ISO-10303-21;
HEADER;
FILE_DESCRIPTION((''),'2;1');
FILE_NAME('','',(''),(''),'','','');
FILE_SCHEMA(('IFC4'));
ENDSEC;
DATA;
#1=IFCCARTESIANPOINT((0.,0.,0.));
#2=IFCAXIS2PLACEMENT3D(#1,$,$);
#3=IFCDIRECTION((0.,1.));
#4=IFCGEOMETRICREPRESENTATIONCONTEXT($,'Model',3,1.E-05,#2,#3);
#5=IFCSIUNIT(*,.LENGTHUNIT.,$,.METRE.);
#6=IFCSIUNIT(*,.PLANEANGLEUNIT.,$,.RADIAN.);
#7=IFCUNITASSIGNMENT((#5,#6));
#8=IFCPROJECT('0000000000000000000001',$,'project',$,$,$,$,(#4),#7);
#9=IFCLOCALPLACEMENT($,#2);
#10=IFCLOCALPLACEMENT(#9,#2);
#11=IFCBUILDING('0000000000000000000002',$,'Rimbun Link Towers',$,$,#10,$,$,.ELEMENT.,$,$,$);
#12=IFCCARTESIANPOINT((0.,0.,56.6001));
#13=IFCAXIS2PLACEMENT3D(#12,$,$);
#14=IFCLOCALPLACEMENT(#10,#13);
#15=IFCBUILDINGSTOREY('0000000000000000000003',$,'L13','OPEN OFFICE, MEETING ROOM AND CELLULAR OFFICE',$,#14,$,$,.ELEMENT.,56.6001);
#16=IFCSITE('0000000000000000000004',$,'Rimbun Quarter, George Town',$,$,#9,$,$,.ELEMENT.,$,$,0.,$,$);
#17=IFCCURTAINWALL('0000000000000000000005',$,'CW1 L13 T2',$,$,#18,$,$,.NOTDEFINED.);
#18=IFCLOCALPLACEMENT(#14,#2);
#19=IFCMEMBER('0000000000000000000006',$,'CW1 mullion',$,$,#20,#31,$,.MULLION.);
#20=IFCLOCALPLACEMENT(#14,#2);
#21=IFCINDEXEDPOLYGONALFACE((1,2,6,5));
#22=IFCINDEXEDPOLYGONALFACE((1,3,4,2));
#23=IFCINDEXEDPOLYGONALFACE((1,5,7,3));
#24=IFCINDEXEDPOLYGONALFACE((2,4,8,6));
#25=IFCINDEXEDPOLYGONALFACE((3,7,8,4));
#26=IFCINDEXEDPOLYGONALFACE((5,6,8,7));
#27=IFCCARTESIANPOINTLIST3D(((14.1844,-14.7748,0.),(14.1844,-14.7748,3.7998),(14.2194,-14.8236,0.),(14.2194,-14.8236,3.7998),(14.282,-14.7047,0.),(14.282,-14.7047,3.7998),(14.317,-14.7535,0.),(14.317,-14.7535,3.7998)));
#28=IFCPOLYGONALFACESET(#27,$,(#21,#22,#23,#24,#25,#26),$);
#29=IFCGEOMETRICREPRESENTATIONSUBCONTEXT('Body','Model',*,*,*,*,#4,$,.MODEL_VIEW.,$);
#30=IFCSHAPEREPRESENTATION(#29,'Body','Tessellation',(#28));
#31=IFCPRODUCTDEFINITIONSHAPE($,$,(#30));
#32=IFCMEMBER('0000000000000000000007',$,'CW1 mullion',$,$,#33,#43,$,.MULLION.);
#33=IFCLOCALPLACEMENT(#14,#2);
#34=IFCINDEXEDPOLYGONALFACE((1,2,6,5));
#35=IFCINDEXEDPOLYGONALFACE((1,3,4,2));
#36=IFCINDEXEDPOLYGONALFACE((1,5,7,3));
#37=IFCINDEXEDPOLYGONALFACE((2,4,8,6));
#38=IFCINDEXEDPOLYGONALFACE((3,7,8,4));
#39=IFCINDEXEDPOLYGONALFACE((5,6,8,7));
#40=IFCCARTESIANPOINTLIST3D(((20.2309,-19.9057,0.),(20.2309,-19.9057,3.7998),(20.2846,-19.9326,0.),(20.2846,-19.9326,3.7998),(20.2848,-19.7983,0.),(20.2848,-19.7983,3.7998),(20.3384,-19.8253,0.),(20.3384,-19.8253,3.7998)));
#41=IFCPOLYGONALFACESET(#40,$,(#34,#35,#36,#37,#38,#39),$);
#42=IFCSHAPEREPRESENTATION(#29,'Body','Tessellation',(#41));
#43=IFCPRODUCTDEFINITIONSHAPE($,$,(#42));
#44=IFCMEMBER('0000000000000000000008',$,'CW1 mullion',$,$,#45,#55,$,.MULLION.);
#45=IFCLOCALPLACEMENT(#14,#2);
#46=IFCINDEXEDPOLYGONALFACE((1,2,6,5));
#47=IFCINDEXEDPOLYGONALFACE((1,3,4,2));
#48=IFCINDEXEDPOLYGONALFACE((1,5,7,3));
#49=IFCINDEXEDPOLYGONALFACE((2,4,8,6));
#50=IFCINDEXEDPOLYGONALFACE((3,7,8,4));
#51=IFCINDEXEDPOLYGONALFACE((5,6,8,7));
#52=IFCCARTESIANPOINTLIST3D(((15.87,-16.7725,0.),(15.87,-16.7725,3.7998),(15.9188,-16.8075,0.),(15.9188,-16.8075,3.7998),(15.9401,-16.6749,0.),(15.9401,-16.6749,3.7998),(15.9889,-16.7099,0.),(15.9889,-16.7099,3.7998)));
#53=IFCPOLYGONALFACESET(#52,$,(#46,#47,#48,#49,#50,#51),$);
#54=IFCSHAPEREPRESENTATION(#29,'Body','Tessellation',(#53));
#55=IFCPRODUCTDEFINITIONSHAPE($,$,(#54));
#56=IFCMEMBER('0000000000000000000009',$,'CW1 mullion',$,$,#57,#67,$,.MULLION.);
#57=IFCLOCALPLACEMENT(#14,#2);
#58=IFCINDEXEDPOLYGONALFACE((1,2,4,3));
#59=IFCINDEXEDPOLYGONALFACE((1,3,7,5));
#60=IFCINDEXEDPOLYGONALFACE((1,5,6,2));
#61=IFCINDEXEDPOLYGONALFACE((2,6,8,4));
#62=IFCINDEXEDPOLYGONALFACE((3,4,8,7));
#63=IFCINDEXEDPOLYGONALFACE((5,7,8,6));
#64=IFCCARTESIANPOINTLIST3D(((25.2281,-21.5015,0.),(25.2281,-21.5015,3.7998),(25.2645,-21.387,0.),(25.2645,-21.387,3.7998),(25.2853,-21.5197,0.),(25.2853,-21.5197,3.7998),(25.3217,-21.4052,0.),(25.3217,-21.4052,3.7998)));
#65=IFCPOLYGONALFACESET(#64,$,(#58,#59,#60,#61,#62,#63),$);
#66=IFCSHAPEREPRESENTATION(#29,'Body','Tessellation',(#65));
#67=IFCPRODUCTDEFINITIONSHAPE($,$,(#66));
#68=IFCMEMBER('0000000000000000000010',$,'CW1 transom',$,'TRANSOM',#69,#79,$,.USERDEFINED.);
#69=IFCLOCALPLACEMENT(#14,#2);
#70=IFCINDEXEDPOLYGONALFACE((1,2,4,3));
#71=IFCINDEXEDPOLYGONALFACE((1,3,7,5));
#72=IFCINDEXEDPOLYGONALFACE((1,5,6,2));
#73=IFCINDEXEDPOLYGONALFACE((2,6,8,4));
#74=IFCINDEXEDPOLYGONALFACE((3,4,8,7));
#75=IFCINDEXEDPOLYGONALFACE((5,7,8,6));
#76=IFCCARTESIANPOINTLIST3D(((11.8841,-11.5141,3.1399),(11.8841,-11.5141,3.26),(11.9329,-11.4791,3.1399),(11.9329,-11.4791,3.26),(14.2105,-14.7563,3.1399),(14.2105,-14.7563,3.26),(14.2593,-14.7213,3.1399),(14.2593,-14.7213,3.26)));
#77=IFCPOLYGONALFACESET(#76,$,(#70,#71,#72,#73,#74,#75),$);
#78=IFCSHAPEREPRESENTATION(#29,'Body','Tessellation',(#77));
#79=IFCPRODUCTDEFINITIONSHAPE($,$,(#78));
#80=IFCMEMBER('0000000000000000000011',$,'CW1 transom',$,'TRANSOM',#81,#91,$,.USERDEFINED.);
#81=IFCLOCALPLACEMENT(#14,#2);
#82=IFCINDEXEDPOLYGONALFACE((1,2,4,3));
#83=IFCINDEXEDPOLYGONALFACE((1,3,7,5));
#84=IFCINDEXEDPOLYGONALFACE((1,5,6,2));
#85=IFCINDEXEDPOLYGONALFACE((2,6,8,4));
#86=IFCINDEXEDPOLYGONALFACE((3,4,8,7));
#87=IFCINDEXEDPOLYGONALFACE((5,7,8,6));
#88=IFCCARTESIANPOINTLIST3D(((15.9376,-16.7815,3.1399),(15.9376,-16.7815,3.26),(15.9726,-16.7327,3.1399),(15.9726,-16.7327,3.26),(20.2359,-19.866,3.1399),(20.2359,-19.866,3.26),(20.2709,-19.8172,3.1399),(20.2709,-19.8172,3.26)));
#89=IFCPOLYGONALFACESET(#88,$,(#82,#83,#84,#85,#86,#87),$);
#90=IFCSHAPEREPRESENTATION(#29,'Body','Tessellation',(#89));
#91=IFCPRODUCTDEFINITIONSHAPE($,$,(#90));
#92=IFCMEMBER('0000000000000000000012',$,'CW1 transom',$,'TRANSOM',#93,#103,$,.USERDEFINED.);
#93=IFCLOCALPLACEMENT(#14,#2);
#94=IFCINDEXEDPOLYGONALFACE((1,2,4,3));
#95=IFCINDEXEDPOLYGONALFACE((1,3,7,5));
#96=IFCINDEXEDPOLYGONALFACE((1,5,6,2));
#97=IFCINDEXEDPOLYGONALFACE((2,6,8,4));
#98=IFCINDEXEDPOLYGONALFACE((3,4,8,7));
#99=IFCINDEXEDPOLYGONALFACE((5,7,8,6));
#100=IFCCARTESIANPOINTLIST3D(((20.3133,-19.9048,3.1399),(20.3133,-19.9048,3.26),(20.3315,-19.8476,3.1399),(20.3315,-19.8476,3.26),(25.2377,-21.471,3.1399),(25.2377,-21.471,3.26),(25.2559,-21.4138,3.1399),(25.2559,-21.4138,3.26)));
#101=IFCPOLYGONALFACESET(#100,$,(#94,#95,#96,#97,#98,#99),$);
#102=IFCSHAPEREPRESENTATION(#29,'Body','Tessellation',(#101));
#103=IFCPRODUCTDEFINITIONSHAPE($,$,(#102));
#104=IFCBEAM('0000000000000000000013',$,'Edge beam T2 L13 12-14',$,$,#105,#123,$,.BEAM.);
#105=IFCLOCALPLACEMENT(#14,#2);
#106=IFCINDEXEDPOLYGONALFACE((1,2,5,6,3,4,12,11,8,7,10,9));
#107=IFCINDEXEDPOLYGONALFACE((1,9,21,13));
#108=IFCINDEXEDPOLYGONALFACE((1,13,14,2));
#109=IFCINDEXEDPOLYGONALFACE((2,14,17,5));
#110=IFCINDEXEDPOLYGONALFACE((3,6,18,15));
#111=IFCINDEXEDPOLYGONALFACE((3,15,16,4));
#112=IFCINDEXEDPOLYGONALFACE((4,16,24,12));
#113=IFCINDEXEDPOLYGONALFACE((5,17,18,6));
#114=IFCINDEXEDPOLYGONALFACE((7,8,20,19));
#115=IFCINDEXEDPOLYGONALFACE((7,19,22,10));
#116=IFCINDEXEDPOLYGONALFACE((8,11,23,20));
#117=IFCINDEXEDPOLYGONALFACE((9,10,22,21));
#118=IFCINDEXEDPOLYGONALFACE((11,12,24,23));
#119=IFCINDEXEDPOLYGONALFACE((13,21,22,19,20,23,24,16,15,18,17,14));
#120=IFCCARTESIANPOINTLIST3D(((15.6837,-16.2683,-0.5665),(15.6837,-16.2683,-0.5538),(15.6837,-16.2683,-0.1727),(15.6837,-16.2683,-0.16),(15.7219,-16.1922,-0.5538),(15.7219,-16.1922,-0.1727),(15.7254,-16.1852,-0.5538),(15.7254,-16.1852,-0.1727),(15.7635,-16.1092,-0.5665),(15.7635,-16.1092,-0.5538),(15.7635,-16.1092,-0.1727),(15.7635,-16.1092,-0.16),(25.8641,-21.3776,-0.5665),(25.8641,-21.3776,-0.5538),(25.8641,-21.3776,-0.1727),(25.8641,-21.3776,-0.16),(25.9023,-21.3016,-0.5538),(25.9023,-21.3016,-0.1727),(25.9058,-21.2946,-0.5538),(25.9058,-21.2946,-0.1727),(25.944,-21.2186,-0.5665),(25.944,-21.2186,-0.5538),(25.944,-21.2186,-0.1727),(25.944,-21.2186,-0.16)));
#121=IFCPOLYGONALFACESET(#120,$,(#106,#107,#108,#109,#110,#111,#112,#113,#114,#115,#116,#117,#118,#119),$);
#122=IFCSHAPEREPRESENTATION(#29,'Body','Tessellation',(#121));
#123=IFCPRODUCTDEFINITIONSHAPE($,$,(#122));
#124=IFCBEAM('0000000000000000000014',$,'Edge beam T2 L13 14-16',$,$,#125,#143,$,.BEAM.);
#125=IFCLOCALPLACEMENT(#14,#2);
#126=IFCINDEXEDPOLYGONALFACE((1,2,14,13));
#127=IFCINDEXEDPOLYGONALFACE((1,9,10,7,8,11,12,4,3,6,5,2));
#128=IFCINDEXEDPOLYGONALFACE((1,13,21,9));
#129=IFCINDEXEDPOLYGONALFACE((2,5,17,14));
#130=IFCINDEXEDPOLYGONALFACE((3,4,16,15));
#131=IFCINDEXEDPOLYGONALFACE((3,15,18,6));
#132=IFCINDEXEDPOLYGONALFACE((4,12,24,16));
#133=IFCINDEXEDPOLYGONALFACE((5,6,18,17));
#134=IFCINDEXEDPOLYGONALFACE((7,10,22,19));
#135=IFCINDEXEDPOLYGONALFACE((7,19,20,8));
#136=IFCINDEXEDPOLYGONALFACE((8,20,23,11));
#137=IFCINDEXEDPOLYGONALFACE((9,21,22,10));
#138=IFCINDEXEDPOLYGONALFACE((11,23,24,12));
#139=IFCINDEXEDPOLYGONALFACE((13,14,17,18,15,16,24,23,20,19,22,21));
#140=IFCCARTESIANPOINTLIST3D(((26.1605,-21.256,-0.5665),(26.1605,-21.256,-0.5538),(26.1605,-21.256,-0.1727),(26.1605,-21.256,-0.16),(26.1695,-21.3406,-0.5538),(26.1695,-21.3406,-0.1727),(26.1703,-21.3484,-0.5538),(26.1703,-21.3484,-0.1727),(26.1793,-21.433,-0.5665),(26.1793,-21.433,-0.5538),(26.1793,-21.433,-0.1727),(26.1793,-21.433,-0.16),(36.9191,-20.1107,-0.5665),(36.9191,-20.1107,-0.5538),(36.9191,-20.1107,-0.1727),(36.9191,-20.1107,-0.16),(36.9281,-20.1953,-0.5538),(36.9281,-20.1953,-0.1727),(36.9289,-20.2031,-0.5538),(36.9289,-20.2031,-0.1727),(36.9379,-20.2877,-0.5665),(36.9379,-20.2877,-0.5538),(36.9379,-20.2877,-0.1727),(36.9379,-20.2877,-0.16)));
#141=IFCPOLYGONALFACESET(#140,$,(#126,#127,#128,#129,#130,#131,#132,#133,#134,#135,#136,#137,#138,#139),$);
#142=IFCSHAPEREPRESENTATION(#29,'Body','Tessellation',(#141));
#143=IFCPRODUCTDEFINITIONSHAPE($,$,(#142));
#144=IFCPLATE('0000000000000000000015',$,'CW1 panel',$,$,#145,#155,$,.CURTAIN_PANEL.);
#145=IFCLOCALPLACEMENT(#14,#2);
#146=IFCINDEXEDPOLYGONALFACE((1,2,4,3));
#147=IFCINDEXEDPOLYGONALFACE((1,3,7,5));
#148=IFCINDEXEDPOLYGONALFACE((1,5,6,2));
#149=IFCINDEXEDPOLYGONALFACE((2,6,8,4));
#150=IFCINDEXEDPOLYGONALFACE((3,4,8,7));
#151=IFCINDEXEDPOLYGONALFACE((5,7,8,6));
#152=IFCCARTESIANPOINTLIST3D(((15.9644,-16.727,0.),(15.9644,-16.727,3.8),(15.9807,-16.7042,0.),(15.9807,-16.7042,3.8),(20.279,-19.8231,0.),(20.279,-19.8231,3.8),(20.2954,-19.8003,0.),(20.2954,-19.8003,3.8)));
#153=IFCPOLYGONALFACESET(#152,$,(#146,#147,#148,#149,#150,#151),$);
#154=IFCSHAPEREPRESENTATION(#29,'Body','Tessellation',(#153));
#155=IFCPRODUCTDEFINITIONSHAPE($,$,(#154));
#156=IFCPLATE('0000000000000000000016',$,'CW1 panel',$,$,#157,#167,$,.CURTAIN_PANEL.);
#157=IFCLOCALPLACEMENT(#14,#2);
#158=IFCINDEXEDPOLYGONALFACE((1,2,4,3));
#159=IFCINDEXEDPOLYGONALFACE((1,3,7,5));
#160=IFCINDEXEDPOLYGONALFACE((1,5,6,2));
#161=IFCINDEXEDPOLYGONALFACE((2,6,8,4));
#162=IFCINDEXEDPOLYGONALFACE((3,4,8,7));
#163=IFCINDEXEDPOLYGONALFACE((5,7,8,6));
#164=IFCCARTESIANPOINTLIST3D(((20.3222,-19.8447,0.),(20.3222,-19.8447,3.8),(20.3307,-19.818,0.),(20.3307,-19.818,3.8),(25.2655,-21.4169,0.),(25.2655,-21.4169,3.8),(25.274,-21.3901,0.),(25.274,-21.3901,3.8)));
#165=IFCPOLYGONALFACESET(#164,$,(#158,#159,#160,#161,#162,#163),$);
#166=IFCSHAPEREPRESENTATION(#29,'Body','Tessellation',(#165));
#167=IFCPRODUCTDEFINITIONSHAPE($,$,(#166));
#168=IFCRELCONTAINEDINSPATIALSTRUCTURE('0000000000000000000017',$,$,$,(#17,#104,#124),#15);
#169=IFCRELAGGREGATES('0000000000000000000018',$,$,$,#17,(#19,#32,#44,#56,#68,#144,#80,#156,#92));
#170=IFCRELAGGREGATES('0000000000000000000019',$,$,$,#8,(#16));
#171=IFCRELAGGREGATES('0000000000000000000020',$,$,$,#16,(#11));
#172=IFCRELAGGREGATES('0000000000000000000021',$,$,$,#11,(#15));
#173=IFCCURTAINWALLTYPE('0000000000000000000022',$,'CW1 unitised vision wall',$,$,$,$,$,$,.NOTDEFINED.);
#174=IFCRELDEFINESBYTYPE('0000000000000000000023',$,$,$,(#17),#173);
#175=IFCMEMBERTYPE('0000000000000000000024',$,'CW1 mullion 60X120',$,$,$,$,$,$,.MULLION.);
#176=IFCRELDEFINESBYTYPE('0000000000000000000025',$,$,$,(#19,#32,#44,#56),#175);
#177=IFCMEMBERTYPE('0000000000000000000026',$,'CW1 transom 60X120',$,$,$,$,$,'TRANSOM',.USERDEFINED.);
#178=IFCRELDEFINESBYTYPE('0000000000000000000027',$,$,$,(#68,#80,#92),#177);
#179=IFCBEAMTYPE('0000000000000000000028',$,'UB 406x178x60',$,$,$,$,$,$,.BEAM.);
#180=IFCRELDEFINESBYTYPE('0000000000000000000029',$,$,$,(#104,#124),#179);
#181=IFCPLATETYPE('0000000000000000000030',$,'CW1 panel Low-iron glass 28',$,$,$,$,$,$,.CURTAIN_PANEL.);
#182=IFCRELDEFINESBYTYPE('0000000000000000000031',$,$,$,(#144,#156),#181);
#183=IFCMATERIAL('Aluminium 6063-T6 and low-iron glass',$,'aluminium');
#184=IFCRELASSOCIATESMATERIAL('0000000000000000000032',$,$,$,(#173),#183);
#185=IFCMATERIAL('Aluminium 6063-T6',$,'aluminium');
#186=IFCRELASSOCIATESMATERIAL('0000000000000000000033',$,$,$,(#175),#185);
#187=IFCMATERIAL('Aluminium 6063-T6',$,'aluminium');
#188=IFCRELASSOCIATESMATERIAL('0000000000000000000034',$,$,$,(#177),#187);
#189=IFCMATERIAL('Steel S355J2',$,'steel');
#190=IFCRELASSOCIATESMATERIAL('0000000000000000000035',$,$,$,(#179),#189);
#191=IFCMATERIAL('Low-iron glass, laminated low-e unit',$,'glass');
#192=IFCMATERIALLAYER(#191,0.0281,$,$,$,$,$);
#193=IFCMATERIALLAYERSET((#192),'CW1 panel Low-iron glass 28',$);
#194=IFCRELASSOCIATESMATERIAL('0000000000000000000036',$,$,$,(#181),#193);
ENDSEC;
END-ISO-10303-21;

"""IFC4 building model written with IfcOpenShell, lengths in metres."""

from ifc_helpers import new_model, si_unit, direction, frame, origin, origin_2d, place, context, subcontext, project, spatial, rectangle, i_section, extrude, material, layer, layer_set, material_profile, profile_set, type_object, element, aggregate, save


model = new_model("IFC4")

# Units and contexts
model_context = context("Model", 3, precision=1e-05, world=origin(), true_north=direction((0.0, 1.0)))
body_context = subcontext(model_context, "Body", "Model", "MODEL_VIEW")
ifc_project = project(units=[si_unit("LENGTHUNIT", "METRE"), si_unit("PLANEANGLEUNIT", "RADIAN")], contexts=[model_context])

# Site, building, storey
site_placement = place(None, origin())
site = spatial("IfcSite", under=ifc_project, at=site_placement, Name="Rimbun Quarter, George Town", CompositionType="ELEMENT", RefElevation=0.0)
building_placement = place(site_placement, origin())
building = spatial("IfcBuilding", under=site, at=building_placement, Name="Rimbun Link Towers", CompositionType="ELEMENT")
storey_placement = place(building_placement, frame((0.0, 0.0, 56.6001)))
storey = spatial("IfcBuildingStorey", under=building, at=storey_placement, Name="L13", Description="OPEN OFFICE, MEETING ROOM AND CELLULAR OFFICE", CompositionType="ELEMENT", Elevation=56.6001)

# Curtain wall, members
ifc_material_1 = material(Name="Aluminium 6063-T6 and low-iron glass", Category="aluminium")
curtain_wall_type = type_object("IfcCurtainWallType", Name="CW1 unitised vision wall", PredefinedType="NOTDEFINED", material=ifc_material_1)
curtain_wall_placement = place(storey_placement, origin())
curtain_wall = element("IfcCurtainWall", 1, at=curtain_wall_placement, inside=storey, type_object=curtain_wall_type, Name="CW1 L13 T2", PredefinedType="NOTDEFINED")
ifc_material_2 = material(Name="Aluminium 6063-T6", Category="aluminium")
ifc_material_profile_1 = material_profile(ifc_material_2, rectangle(XDim=0.1201, YDim=0.0601, at=origin_2d()), Name="MULLION 60X120")
ifc_profile_set_1 = profile_set([ifc_material_profile_1], Name="Aluminium 6063-T6")
member_type_1 = type_object("IfcMemberType", Name="CW1 mullion 60X120", PredefinedType="MULLION", material=ifc_profile_set_1)
member_1_placement = place(storey_placement, frame((14.2507, -14.7642, 0.0), z_axis=(0.0, 0.0, 1.0), x_axis=(-0.812469, -0.583004, 0.0)))
member_1 = element("IfcMember", 2, at=member_1_placement, type_object=member_type_1, Name="CW1 mullion", PredefinedType="MULLION", context=body_context, shape_type="SweptSolid", body=[
    extrude(rectangle(XDim=0.1201, YDim=0.0601, at=origin_2d()), origin(), (0.0, 0.0, 1.0), 3.7998),
])
member_2_placement = place(storey_placement, frame((20.2847, -19.8655, 0.0), z_axis=(0.0, 0.0, 1.0), x_axis=(-0.448574, -0.893746, 0.0)))
member_2 = element("IfcMember", 3, at=member_2_placement, type_object=member_type_1, Name="CW1 mullion", PredefinedType="MULLION", context=body_context, shape_type="SweptSolid", body=[
    extrude(rectangle(XDim=0.1201, YDim=0.0601, at=origin_2d()), origin(), (0.0, 0.0, 1.0), 3.7998),
])
member_3_placement = place(storey_placement, frame((15.9294, -16.7412, 0.0), z_axis=(0.0, 0.0, 1.0), x_axis=(-0.583004, -0.812469, 0.0)))
member_3 = element("IfcMember", 4, at=member_3_placement, type_object=member_type_1, Name="CW1 mullion", PredefinedType="MULLION", context=body_context, shape_type="SweptSolid", body=[
    extrude(rectangle(XDim=0.1201, YDim=0.0601, at=origin_2d()), origin(), (0.0, 0.0, 1.0), 3.7998),
])
member_4_placement = place(storey_placement, frame((25.2749, -21.4534, 0.0), z_axis=(0.0, 0.0, 1.0), x_axis=(-0.303073, -0.952967, 0.0)))
member_4 = element("IfcMember", 5, at=member_4_placement, type_object=member_type_1, Name="CW1 mullion", PredefinedType="MULLION", context=body_context, shape_type="SweptSolid", body=[
    extrude(rectangle(XDim=0.1201, YDim=0.0601, at=origin_2d()), origin(), (0.0, 0.0, 1.0), 3.7998),
])
ifc_material_3 = material(Name="Aluminium 6063-T6", Category="aluminium")
ifc_material_profile_2 = material_profile(ifc_material_3, rectangle(XDim=0.0601, YDim=0.1201, at=origin_2d()), Name="TRANSOM 60X120")
ifc_profile_set_2 = profile_set([ifc_material_profile_2], Name="Aluminium 6063-T6")
member_type_2 = type_object("IfcMemberType", Name="CW1 transom 60X120", ElementType="TRANSOM", PredefinedType="USERDEFINED", material=ifc_profile_set_2)
member_5_placement = place(storey_placement, frame((14.2349, -14.7388, 3.2), z_axis=(-0.58299, 0.812479, 0.0), x_axis=(-0.812479, -0.58299, 0.0)))
member_5 = element("IfcMember", 6, at=member_5_placement, type_object=member_type_2, Name="CW1 transom", ObjectType="TRANSOM", PredefinedType="USERDEFINED", context=body_context, shape_type="SweptSolid", body=[
    extrude(rectangle(XDim=0.0601, YDim=0.1201, at=origin_2d()), origin(), (0.0, 0.0, 1.0), 3.9905),
])
member_6_placement = place(storey_placement, frame((20.2534, -19.8416, 3.2), z_axis=(-0.812459, 0.583018, 0.0), x_axis=(-0.583018, -0.812459, 0.0)))
member_6 = element("IfcMember", 7, at=member_6_placement, type_object=member_type_2, Name="CW1 transom", ObjectType="TRANSOM", PredefinedType="USERDEFINED", context=body_context, shape_type="SweptSolid", body=[
    extrude(rectangle(XDim=0.0601, YDim=0.1201, at=origin_2d()), origin(), (0.0, 0.0, 1.0), 5.2905),
])
member_7_placement = place(storey_placement, frame((25.2468, -21.4424, 3.2), z_axis=(-0.952963, 0.303087, 0.0), x_axis=(-0.303087, -0.952963, 0.0)))
member_7 = element("IfcMember", 8, at=member_7_placement, type_object=member_type_2, Name="CW1 transom", ObjectType="TRANSOM", PredefinedType="USERDEFINED", context=body_context, shape_type="SweptSolid", body=[
    extrude(rectangle(XDim=0.0601, YDim=0.1201, at=origin_2d()), origin(), (0.0, 0.0, 1.0), 5.1675),
])

# Beams
ifc_material_4 = material(Name="Steel S355J2", Category="steel")
ifc_material_profile_3 = material_profile(ifc_material_4, i_section(OverallWidth=0.178, OverallDepth=0.4065, WebThickness=0.0078, FlangeThickness=0.0127, at=origin_2d()), Name="UB 406x178x60")
ifc_profile_set_3 = profile_set([ifc_material_profile_3], Name="Steel S355J2")
beam_type = type_object("IfcBeamType", Name="UB 406x178x60", PredefinedType="BEAM", material=ifc_profile_set_3)
beam_1_placement = place(storey_placement, frame((15.7236, -16.1887, -0.3633), z_axis=(0.893753, -0.448559, 0.0), x_axis=(0.448559, 0.893753, 0.0)))
element("IfcBeam", 9, at=beam_1_placement, inside=storey, type_object=beam_type, Name="Edge beam T2 L13 12-14", PredefinedType="BEAM", context=body_context, shape_type="SweptSolid", body=[
    extrude(i_section(OverallWidth=0.178, OverallDepth=0.4065, WebThickness=0.0078, FlangeThickness=0.0127, at=origin_2d()), origin(), (0.0, 0.0, 1.0), 11.3906),
])
beam_2_placement = place(storey_placement, frame((26.1699, -21.3445, -0.3633), z_axis=(0.994382, 0.105853, 0.0), x_axis=(-0.105853, 0.994382, 0.0)))
element("IfcBeam", 10, at=beam_2_placement, inside=storey, type_object=beam_type, Name="Edge beam T2 L13 14-16", PredefinedType="BEAM", context=body_context, shape_type="SweptSolid", body=[
    extrude(i_section(OverallWidth=0.178, OverallDepth=0.4065, WebThickness=0.0078, FlangeThickness=0.0127, at=origin_2d()), origin(), (0.0, 0.0, 1.0), 10.8193),
])

# Plates
ifc_material_5 = material(Name="Low-iron glass, laminated low-e unit", Category="glass")
ifc_layer = layer(ifc_material_5, 0.0281)
ifc_layer_set = layer_set([ifc_layer], Name="CW1 panel Low-iron glass 28")
plate_type = type_object("IfcPlateType", Name="CW1 panel Low-iron glass 28", PredefinedType="CURTAIN_PANEL", material=ifc_layer_set)
plate_1_placement = place(storey_placement, frame((18.1299, -18.2637, 0.0), z_axis=(0.0, 0.0, 1.0), x_axis=(-0.812469, 0.583004, 0.0)))
plate_1 = element("IfcPlate", 11, at=plate_1_placement, type_object=plate_type, Name="CW1 panel", PredefinedType="CURTAIN_PANEL", context=body_context, shape_type="SweptSolid", body=[
    extrude(rectangle(XDim=5.3105, YDim=0.0281, at=origin_2d()), origin(), (0.0, 0.0, 1.0), 3.8),
])
plate_2_placement = place(storey_placement, frame((22.7981, -20.6174, 0.0), z_axis=(0.0, 0.0, 1.0), x_axis=(-0.952967, 0.303073, 0.0)))
plate_2 = element("IfcPlate", 12, at=plate_2_placement, type_object=plate_type, Name="CW1 panel", PredefinedType="CURTAIN_PANEL", context=body_context, shape_type="SweptSolid", body=[
    extrude(rectangle(XDim=5.1873, YDim=0.0281, at=origin_2d()), origin(), (0.0, 0.0, 1.0), 3.8),
])
aggregate(curtain_wall, [member_1, member_2, member_3, member_4, member_5, plate_1, member_6, plate_2, member_7])

save(model, "model.ifc")
